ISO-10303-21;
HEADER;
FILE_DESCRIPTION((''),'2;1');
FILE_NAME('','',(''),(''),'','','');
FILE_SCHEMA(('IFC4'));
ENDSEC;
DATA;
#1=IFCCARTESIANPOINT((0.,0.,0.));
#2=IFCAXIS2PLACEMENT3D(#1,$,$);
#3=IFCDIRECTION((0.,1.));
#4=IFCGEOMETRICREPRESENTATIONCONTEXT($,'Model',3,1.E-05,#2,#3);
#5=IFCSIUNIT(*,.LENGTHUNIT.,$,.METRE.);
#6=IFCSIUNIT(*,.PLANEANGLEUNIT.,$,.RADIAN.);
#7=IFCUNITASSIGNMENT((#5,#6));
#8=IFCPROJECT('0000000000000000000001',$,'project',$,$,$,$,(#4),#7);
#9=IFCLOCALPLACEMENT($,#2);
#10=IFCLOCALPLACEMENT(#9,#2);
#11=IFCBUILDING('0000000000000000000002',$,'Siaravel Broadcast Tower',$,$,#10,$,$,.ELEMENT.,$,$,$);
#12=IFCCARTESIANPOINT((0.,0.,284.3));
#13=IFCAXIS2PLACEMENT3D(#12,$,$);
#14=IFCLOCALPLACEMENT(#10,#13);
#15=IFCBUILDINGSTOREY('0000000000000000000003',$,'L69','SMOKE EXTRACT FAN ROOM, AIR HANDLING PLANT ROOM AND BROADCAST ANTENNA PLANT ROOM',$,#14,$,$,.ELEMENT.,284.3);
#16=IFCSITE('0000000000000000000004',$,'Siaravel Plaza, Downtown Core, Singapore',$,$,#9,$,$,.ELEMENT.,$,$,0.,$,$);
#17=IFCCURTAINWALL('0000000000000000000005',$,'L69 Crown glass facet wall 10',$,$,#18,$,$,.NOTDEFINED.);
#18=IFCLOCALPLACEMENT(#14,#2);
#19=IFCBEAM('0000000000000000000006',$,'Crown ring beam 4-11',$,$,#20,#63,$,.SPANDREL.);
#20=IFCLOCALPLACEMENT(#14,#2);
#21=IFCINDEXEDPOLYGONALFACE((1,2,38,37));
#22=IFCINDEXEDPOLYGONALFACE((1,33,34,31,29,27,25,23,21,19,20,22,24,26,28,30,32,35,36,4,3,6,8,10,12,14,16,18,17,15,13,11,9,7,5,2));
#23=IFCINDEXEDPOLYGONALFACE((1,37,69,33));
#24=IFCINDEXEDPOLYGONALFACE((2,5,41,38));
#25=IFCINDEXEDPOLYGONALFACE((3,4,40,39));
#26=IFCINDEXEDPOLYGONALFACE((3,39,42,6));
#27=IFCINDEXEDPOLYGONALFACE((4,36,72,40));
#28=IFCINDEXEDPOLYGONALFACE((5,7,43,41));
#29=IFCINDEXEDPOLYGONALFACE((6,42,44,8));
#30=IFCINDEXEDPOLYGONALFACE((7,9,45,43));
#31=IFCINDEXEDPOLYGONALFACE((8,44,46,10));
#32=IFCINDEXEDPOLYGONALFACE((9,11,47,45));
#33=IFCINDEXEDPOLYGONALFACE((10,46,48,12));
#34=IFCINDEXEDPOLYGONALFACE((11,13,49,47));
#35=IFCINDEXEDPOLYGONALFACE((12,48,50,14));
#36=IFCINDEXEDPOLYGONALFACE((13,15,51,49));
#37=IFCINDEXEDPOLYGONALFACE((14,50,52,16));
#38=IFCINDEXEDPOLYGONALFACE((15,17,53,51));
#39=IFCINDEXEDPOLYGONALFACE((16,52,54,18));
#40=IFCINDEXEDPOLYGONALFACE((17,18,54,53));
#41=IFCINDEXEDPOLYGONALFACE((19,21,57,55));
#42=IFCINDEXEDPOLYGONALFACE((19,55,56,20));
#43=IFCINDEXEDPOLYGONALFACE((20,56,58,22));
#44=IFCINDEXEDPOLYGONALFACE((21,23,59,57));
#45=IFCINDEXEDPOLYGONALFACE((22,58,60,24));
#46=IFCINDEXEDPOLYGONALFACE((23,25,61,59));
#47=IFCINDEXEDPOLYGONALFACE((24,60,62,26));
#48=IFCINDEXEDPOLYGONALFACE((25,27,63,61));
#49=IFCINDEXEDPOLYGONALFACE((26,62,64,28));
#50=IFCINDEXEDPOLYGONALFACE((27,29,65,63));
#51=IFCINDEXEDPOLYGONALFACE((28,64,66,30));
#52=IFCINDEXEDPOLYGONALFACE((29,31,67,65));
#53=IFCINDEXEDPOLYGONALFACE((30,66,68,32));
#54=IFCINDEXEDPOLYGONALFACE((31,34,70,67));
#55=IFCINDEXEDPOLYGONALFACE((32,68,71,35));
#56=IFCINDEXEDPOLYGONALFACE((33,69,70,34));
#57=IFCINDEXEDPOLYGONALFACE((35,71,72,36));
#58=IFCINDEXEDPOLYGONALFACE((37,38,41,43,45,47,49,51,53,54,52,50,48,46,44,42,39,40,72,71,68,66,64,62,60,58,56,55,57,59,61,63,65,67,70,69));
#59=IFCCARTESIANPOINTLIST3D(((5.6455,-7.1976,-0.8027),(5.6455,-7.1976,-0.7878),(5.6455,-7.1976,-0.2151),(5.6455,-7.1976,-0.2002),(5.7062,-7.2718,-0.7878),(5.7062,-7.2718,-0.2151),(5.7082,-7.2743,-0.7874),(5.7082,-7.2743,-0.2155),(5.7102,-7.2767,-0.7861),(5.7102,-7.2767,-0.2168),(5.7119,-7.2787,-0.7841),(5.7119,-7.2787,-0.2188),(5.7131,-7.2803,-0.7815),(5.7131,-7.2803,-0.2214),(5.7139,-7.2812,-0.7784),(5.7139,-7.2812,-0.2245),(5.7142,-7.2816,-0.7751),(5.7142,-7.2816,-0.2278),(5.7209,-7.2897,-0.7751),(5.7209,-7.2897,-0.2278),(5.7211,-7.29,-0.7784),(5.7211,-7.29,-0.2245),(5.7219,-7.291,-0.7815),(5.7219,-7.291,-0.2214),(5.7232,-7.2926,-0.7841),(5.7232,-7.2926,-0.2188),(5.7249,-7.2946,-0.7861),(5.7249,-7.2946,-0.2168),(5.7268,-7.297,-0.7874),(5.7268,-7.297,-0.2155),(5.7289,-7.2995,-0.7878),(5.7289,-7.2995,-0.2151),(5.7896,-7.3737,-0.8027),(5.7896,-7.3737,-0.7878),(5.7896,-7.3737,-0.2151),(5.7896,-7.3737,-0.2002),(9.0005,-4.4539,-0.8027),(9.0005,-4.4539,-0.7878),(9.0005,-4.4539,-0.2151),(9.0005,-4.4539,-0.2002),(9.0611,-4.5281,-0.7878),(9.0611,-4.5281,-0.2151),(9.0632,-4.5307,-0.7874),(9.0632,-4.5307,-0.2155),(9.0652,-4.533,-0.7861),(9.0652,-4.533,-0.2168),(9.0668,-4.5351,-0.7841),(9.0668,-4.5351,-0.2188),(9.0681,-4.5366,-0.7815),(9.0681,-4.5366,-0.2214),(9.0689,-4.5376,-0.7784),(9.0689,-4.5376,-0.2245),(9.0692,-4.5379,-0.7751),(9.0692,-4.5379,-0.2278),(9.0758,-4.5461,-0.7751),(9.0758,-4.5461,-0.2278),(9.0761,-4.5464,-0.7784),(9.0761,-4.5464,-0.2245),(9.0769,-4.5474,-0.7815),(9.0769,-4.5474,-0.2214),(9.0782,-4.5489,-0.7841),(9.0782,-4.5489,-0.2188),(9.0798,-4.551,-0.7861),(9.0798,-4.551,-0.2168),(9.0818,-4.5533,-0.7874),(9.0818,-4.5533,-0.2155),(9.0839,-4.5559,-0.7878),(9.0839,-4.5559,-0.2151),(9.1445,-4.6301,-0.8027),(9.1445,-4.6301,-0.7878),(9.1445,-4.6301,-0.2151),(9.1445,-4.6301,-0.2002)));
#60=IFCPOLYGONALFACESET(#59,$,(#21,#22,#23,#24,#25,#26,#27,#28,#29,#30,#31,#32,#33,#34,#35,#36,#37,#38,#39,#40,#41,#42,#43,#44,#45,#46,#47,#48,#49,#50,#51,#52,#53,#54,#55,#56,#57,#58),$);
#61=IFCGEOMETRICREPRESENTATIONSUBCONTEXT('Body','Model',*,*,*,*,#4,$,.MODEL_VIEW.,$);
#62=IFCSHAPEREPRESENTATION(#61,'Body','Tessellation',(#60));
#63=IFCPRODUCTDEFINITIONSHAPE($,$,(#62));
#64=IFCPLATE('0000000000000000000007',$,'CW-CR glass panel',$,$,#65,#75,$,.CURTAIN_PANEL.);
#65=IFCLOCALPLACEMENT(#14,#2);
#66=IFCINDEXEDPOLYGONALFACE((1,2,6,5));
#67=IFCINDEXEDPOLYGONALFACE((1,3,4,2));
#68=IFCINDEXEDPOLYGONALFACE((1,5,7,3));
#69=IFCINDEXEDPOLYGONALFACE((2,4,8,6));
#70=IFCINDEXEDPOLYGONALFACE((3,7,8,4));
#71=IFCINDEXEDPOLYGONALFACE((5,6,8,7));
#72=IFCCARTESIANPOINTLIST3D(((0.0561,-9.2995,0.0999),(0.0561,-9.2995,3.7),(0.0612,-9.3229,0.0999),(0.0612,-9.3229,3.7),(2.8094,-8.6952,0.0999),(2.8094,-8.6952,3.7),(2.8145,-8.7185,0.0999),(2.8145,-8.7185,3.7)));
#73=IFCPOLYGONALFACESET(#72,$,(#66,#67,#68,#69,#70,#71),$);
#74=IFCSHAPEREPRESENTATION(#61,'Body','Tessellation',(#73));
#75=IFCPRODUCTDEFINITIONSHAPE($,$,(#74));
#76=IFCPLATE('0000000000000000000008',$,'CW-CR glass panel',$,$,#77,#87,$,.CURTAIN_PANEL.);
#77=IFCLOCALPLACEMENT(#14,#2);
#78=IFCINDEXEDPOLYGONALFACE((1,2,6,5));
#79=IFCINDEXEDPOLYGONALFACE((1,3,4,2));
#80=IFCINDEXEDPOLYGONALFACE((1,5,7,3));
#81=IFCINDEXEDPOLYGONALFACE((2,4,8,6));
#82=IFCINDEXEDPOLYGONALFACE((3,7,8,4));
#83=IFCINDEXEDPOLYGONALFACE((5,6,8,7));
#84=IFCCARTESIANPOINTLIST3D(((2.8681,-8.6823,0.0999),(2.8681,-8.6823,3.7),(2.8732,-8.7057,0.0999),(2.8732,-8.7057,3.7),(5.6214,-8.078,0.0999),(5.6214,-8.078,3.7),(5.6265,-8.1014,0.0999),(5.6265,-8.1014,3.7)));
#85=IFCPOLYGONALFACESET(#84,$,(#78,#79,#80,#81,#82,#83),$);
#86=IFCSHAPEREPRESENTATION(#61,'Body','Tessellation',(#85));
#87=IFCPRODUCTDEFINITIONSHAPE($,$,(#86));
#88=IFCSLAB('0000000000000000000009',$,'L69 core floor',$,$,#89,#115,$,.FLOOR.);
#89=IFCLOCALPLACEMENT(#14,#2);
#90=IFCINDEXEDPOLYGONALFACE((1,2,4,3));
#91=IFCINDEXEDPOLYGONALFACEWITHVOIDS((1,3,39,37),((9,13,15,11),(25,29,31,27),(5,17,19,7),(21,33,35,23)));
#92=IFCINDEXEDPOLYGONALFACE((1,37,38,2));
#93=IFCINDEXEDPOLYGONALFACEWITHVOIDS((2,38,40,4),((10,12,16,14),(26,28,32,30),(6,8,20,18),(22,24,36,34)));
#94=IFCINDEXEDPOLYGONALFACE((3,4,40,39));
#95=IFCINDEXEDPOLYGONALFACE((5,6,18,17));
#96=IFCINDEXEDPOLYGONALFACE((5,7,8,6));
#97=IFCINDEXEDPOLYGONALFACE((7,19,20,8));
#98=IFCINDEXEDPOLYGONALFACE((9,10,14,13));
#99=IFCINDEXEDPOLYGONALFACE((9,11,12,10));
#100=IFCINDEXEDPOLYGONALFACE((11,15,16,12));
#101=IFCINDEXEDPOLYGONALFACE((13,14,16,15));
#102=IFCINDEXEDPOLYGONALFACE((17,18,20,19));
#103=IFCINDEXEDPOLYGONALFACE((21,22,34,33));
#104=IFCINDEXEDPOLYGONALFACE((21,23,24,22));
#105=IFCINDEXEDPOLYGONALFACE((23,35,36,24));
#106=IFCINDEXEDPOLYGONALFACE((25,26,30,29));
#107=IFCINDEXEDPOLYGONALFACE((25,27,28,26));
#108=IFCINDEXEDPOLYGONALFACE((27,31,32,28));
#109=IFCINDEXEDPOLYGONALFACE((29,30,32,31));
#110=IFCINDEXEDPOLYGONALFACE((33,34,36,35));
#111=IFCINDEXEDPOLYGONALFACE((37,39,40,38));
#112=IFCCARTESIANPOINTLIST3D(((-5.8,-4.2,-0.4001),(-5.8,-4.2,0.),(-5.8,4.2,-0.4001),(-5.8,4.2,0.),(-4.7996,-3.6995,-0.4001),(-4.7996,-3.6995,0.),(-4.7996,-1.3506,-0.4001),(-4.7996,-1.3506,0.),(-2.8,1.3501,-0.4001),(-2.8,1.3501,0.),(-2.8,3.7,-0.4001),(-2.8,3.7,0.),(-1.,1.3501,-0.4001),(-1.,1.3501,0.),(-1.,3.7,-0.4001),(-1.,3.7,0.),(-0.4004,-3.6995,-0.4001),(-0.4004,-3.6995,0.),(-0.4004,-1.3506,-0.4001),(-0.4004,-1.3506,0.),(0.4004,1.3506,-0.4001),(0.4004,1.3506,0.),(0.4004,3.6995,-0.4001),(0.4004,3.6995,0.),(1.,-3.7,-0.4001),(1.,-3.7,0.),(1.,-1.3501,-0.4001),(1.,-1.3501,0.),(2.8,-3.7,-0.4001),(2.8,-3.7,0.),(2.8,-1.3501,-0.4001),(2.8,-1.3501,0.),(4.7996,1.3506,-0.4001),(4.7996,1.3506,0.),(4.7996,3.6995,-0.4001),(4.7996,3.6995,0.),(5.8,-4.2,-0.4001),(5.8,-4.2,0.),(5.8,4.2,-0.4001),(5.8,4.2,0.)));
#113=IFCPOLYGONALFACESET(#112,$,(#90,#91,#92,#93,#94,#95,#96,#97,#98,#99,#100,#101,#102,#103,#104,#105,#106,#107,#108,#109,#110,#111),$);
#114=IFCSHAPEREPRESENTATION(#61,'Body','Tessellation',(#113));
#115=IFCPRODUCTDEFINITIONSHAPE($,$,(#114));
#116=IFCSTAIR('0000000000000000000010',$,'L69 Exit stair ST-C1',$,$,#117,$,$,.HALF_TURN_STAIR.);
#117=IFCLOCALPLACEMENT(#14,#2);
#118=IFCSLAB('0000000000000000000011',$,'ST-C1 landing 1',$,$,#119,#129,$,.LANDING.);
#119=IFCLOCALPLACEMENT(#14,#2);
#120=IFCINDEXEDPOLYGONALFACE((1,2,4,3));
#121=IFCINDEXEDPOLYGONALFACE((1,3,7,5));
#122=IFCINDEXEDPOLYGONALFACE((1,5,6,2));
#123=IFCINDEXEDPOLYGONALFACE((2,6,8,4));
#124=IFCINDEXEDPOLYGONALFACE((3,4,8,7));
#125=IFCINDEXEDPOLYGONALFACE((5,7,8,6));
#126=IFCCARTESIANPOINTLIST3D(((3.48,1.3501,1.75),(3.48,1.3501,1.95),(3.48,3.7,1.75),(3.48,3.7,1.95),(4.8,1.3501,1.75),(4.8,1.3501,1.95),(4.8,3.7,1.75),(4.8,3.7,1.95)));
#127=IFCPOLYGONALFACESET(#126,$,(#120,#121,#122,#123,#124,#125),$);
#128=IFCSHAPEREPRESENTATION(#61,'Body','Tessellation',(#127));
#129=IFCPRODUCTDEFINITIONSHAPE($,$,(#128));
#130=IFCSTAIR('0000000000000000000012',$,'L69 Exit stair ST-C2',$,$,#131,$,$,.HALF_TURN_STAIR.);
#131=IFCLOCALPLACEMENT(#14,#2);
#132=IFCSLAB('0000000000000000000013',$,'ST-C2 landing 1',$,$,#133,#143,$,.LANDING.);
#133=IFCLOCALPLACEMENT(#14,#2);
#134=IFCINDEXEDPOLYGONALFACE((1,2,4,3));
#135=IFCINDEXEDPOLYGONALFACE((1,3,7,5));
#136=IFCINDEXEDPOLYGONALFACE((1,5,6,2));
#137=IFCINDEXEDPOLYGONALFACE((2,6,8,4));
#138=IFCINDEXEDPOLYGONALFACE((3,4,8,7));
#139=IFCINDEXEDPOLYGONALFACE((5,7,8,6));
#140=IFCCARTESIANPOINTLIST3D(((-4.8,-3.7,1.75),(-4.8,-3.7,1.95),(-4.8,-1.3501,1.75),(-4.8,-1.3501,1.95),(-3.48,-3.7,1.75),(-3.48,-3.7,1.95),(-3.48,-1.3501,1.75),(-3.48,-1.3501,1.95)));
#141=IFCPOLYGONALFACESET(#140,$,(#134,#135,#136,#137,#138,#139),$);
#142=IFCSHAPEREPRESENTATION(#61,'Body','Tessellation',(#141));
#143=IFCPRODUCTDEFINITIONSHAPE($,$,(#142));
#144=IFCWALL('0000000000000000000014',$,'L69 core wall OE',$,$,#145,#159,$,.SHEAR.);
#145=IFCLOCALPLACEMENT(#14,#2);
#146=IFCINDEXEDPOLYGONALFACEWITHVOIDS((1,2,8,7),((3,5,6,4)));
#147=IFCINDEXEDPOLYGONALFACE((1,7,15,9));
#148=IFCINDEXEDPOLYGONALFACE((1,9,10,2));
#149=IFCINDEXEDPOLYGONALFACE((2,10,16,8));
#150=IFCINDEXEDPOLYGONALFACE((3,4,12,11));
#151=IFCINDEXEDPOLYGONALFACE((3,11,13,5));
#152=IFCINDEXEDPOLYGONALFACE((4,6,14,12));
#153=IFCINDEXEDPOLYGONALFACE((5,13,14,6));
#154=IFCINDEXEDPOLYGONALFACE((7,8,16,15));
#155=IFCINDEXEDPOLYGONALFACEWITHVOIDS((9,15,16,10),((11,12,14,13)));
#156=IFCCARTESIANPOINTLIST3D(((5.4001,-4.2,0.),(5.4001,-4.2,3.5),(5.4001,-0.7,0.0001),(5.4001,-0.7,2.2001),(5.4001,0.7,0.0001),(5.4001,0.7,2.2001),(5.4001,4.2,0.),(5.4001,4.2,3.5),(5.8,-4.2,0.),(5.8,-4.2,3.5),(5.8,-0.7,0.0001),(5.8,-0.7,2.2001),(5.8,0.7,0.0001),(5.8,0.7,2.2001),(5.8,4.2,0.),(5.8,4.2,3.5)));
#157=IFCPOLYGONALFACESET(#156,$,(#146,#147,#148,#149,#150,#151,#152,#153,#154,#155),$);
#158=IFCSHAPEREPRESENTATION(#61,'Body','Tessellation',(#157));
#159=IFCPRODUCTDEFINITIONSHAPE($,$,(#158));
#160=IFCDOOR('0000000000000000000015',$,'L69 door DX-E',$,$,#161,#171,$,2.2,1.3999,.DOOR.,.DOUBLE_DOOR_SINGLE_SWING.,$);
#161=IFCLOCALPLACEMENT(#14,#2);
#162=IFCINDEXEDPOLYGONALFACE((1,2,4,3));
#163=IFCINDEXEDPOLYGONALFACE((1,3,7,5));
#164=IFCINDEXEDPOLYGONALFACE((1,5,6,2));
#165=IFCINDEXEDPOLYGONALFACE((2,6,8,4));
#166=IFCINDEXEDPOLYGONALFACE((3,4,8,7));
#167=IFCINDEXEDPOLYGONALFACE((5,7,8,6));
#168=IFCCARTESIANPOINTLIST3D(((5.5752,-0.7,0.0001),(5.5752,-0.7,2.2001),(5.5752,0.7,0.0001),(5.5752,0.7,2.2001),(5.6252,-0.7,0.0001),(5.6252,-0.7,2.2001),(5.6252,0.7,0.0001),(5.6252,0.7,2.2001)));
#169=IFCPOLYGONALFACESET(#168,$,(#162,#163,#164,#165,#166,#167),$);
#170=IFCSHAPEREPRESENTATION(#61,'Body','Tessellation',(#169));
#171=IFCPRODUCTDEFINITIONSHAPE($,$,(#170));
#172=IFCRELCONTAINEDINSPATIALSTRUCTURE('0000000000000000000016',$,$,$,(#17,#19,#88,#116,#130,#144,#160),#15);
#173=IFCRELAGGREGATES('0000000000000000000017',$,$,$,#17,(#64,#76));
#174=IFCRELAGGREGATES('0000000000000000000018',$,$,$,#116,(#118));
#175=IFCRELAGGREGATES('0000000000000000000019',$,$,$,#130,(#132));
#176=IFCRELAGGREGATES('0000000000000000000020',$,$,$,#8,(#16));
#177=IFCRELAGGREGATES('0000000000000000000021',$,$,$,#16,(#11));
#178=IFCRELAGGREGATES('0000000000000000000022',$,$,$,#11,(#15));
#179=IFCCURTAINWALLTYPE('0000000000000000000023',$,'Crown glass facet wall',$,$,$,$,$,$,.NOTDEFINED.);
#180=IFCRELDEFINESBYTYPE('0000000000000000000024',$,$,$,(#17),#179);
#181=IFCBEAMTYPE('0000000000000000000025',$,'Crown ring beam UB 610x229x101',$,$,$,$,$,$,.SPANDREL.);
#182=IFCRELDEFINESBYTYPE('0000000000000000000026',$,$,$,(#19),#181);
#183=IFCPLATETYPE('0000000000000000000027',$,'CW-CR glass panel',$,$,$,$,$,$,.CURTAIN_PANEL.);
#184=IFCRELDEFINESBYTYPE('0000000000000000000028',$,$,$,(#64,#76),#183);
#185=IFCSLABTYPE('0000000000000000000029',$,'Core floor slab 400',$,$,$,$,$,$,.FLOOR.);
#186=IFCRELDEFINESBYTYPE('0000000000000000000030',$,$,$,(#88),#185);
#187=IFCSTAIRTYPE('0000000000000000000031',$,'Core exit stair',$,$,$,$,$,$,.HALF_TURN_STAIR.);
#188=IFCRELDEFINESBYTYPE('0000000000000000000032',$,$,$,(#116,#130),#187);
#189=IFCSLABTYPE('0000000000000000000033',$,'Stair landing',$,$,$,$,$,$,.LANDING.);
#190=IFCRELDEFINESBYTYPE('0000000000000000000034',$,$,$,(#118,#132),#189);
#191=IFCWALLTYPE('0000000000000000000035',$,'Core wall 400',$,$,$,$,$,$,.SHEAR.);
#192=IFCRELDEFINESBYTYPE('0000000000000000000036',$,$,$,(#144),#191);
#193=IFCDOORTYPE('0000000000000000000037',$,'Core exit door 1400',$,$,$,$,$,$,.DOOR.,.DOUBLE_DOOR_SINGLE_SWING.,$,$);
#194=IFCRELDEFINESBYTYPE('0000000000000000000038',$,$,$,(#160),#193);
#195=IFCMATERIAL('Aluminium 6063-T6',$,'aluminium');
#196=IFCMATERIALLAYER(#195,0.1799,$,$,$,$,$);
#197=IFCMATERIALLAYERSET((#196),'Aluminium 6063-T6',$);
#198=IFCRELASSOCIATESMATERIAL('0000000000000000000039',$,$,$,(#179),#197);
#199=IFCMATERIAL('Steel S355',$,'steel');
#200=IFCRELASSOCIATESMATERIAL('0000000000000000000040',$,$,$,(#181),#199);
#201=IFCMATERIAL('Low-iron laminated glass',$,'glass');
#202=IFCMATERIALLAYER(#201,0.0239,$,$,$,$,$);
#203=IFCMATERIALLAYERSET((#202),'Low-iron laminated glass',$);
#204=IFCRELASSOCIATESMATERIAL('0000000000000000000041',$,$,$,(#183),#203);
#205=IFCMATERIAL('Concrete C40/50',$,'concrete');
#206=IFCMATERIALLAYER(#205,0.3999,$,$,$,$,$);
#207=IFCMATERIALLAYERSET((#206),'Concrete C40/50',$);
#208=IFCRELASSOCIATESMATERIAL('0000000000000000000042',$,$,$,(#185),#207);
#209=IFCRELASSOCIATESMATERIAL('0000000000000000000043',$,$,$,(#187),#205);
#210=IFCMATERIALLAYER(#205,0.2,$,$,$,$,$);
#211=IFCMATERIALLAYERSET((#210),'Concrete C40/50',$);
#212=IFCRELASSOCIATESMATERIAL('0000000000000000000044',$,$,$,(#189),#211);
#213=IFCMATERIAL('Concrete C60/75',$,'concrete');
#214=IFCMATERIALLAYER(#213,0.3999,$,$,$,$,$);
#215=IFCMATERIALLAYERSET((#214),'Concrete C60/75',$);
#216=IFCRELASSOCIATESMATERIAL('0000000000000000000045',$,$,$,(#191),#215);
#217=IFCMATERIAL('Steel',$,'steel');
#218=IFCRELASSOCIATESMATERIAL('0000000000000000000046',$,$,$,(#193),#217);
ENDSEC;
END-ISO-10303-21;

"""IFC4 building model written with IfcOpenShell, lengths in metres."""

from ifc_helpers import new_model, si_unit, direction, frame, frame_2d, origin, origin_2d, place, context, subcontext, project, spatial, polyline, rectangle, i_section, outline, extrude, material, layer, layer_set, material_profile, profile_set, type_object, element, fill, aggregate, save


model = new_model("IFC4")

# Units and contexts
model_context = context("Model", 3, precision=1e-05, world=origin(), true_north=direction((0.0, 1.0)))
body_context = subcontext(model_context, "Body", "Model", "MODEL_VIEW")
ifc_project = project(units=[si_unit("LENGTHUNIT", "METRE"), si_unit("PLANEANGLEUNIT", "RADIAN")], contexts=[model_context])

# Site, building, storey
site_placement = place(None, origin())
site = spatial("IfcSite", under=ifc_project, at=site_placement, Name="Siaravel Plaza, Downtown Core, Singapore", CompositionType="ELEMENT", RefElevation=0.0)
building_placement = place(site_placement, origin())
building = spatial("IfcBuilding", under=site, at=building_placement, Name="Siaravel Broadcast Tower", CompositionType="ELEMENT")
storey_placement = place(building_placement, frame((0.0, 0.0, 284.3)))
storey = spatial("IfcBuildingStorey", under=building, at=storey_placement, Name="L69", Description="SMOKE EXTRACT FAN ROOM, AIR HANDLING PLANT ROOM AND BROADCAST ANTENNA PLANT ROOM", CompositionType="ELEMENT", Elevation=284.3)

# Curtain wall
ifc_material_1 = material(Name="Aluminium 6063-T6", Category="aluminium")
ifc_layer_1 = layer(ifc_material_1, 0.1799)
ifc_layer_set_1 = layer_set([ifc_layer_1], Name="Aluminium 6063-T6")
curtain_wall_type = type_object("IfcCurtainWallType", Name="Crown glass facet wall", PredefinedType="NOTDEFINED", material=ifc_layer_set_1)
curtain_wall_1_placement = place(storey_placement, origin())
curtain_wall_1 = element("IfcCurtainWall", 1, at=curtain_wall_1_placement, inside=storey, type_object=curtain_wall_type, Name="L69 Crown glass facet wall 10", PredefinedType="NOTDEFINED")

# Beam
ifc_material_2 = material(Name="Steel S355", Category="steel")
ifc_material_profile_1 = material_profile(ifc_material_2, i_section(OverallWidth=0.2275, OverallDepth=0.6025, WebThickness=0.0105, FlangeThickness=0.0149, FilletRadius=0.0127, at=origin_2d()))
ifc_profile_set_1 = profile_set([ifc_material_profile_1], Name="Steel S355")
beam_type_1 = type_object("IfcBeamType", Name="Crown ring beam UB 610x229x101", PredefinedType="SPANDREL", material=ifc_profile_set_1)
beam_1_placement = place(storey_placement, frame((5.7175, -7.2856, -0.5015), z_axis=(0.774108, 0.633054, 0.0), x_axis=(-0.633054, 0.774108, 0.0)))
element("IfcBeam", 2, at=beam_1_placement, inside=storey, type_object=beam_type_1, Name="Crown ring beam 4-11", PredefinedType="SPANDREL", context=body_context, shape_type="SweptSolid", body=[
    extrude(i_section(OverallWidth=0.2275, OverallDepth=0.6025, WebThickness=0.0105, FlangeThickness=0.0149, FilletRadius=0.0127, at=origin_2d()), origin(), (0.0, 0.0, 1.0), 4.334),
])

# Plates
ifc_material_3 = material(Name="Low-iron laminated glass", Category="glass")
ifc_layer_2 = layer(ifc_material_3, 0.0239)
ifc_layer_set_2 = layer_set([ifc_layer_2], Name="Low-iron laminated glass")
plate_type = type_object("IfcPlateType", Name="CW-CR glass panel", PredefinedType="CURTAIN_PANEL", material=ifc_layer_set_2)
plate_1_placement = place(storey_placement, frame((1.4353, -9.009, 0.0999), z_axis=(0.0, 0.0, 1.0), x_axis=(0.976747, 0.214396, 0.0)))
plate_1 = element("IfcPlate", 3, at=plate_1_placement, type_object=plate_type, Name="CW-CR glass panel", PredefinedType="CURTAIN_PANEL", context=body_context, shape_type="SweptSolid", body=[
    extrude(rectangle(XDim=2.8188, YDim=0.0239, at=origin_2d()), origin(), (0.0, 0.0, 1.0), 3.6001),
])
plate_2_placement = place(storey_placement, frame((4.2473, -8.3918, 0.0999), z_axis=(0.0, 0.0, 1.0), x_axis=(0.976747, 0.214396, 0.0)))
plate_2 = element("IfcPlate", 4, at=plate_2_placement, type_object=plate_type, Name="CW-CR glass panel", PredefinedType="CURTAIN_PANEL", context=body_context, shape_type="SweptSolid", body=[
    extrude(rectangle(XDim=2.8188, YDim=0.0239, at=origin_2d()), origin(), (0.0, 0.0, 1.0), 3.6001),
])
aggregate(curtain_wall_1, [plate_1, plate_2])

# Slab
ifc_material_4 = material(Name="Concrete C40/50", Category="concrete")
ifc_layer_3 = layer(ifc_material_4, 0.3999)
ifc_layer_set_3 = layer_set([ifc_layer_3], Name="Concrete C40/50")
slab_type_1 = type_object("IfcSlabType", Name="Core floor slab 400", PredefinedType="FLOOR", material=ifc_layer_set_3)
slab_1_placement = place(storey_placement, frame((0.0, 0.0, -0.4001)))
element("IfcSlab", 5, at=slab_1_placement, inside=storey, type_object=slab_type_1, Name="L69 core floor", PredefinedType="FLOOR", context=body_context, shape_type="SweptSolid", body=[
    extrude(outline(polyline([(-5.8, -4.2), (-5.8, 4.2), (5.8, 4.2), (5.8, -4.2), (-5.8, -4.2)]), holes=[polyline([(0.4004, 3.6995), (0.4004, 1.3506), (4.7996, 1.3506), (4.7996, 3.6995), (0.4004, 3.6995)]), polyline([(1.0, -3.7), (2.8, -3.7), (2.8, -1.3501), (1.0, -1.3501), (1.0, -3.7)]), polyline([(-0.4004, -3.6995), (-0.4004, -1.3506), (-4.7996, -1.3506), (-4.7996, -3.6995), (-0.4004, -3.6995)]), polyline([(-2.8, 1.3501), (-1.0, 1.3501), (-1.0, 3.7), (-2.8, 3.7), (-2.8, 1.3501)])]), origin(), (0.0, 0.0, 1.0), 0.4001),
])

# Stairs, slabs
stair_type = type_object("IfcStairType", Name="Core exit stair", PredefinedType="HALF_TURN_STAIR", material=ifc_material_4)
stair_1_placement = place(storey_placement, origin())
stair_1 = element("IfcStair", 6, at=stair_1_placement, inside=storey, type_object=stair_type, Name="L69 Exit stair ST-C1", PredefinedType="HALF_TURN_STAIR")
ifc_layer_4 = layer(ifc_material_4, 0.2)
ifc_layer_set_4 = layer_set([ifc_layer_4], Name="Concrete C40/50")
slab_type_2 = type_object("IfcSlabType", Name="Stair landing", PredefinedType="LANDING", material=ifc_layer_set_4)
slab_2_placement = place(storey_placement, frame((0.0, 0.0, 1.75)))
slab_2 = element("IfcSlab", 7, at=slab_2_placement, type_object=slab_type_2, Name="ST-C1 landing 1", PredefinedType="LANDING", context=body_context, shape_type="SweptSolid", body=[
    extrude(outline(polyline([(3.48, 1.3501), (4.8, 1.3501), (4.8, 3.7), (3.48, 3.7), (3.48, 1.3501)])), origin(), (0.0, 0.0, 1.0), 0.2),
])
aggregate(stair_1, [slab_2])
stair_2_placement = place(storey_placement, origin())
stair_2 = element("IfcStair", 8, at=stair_2_placement, inside=storey, type_object=stair_type, Name="L69 Exit stair ST-C2", PredefinedType="HALF_TURN_STAIR")
slab_3_placement = place(storey_placement, frame((0.0, 0.0, 1.75)))
slab_3 = element("IfcSlab", 9, at=slab_3_placement, type_object=slab_type_2, Name="ST-C2 landing 1", PredefinedType="LANDING", context=body_context, shape_type="SweptSolid", body=[
    extrude(outline(polyline([(-3.48, -1.3501), (-4.8, -1.3501), (-4.8, -3.7), (-3.48, -3.7), (-3.48, -1.3501)])), origin(), (0.0, 0.0, 1.0), 0.2),
])
aggregate(stair_2, [slab_3])

# Wall, opening, door
ifc_material_5 = material(Name="Concrete C60/75", Category="concrete")
ifc_layer_5 = layer(ifc_material_5, 0.3999)
ifc_layer_set_5 = layer_set([ifc_layer_5], Name="Concrete C60/75")
wall_type_1 = type_object("IfcWallType", Name="Core wall 400", PredefinedType="SHEAR", material=ifc_layer_set_5)
wall_1_placement = place(storey_placement, frame((5.6001, -4.2, 0.0), z_axis=(0.0, 0.0, 1.0), x_axis=(0.0, 1.0, 0.0)))
wall_1 = element("IfcWall", 10, at=wall_1_placement, inside=storey, type_object=wall_type_1, Name="L69 core wall OE", PredefinedType="SHEAR", context=body_context, shape_type="SweptSolid", body=[
    extrude(rectangle(XDim=8.3999, YDim=0.3999, at=frame_2d((4.2, 0.0))), origin(), (0.0, 0.0, 1.0), 3.5),
])
opening_1_placement = place(wall_1_placement, frame((3.5, 0.0, 0.0)))
opening_1 = element("IfcOpeningElement", 11, at=opening_1_placement, cuts=wall_1, PredefinedType="OPENING", context=body_context, shape_type="SweptSolid", body=[
    extrude(rectangle(XDim=1.3999, YDim=2.2, at=frame_2d((0.7, 1.1001))), frame((0.0, 0.21, 0.0), z_axis=(0.0, -1.0, 0.0), x_axis=(1.0, 0.0, 0.0)), (0.0, 0.0, 1.0), 0.4199),
])
ifc_material_6 = material(Name="Steel", Category="steel")
door_type_1 = type_object("IfcDoorType", Name="Core exit door 1400", OperationType="DOUBLE_DOOR_SINGLE_SWING", PredefinedType="DOOR", material=ifc_material_6)
door_1_placement = place(opening_1_placement, origin())
door_1 = element("IfcDoor", 12, at=door_1_placement, inside=storey, type_object=door_type_1, Name="L69 door DX-E", OperationType="DOUBLE_DOOR_SINGLE_SWING", OverallHeight=2.2, OverallWidth=1.3999, PredefinedType="DOOR", context=body_context, shape_type="SweptSolid", body=[
    extrude(rectangle(XDim=1.3999, YDim=2.2, at=frame_2d((0.7, 1.1001))), frame((0.0, 0.0249, 0.0), z_axis=(0.0, -1.0, 0.0), x_axis=(1.0, 0.0, 0.0)), (0.0, 0.0, 1.0), 0.05),
])
fill(opening_1, door_1)

save(model, "model.ifc")
